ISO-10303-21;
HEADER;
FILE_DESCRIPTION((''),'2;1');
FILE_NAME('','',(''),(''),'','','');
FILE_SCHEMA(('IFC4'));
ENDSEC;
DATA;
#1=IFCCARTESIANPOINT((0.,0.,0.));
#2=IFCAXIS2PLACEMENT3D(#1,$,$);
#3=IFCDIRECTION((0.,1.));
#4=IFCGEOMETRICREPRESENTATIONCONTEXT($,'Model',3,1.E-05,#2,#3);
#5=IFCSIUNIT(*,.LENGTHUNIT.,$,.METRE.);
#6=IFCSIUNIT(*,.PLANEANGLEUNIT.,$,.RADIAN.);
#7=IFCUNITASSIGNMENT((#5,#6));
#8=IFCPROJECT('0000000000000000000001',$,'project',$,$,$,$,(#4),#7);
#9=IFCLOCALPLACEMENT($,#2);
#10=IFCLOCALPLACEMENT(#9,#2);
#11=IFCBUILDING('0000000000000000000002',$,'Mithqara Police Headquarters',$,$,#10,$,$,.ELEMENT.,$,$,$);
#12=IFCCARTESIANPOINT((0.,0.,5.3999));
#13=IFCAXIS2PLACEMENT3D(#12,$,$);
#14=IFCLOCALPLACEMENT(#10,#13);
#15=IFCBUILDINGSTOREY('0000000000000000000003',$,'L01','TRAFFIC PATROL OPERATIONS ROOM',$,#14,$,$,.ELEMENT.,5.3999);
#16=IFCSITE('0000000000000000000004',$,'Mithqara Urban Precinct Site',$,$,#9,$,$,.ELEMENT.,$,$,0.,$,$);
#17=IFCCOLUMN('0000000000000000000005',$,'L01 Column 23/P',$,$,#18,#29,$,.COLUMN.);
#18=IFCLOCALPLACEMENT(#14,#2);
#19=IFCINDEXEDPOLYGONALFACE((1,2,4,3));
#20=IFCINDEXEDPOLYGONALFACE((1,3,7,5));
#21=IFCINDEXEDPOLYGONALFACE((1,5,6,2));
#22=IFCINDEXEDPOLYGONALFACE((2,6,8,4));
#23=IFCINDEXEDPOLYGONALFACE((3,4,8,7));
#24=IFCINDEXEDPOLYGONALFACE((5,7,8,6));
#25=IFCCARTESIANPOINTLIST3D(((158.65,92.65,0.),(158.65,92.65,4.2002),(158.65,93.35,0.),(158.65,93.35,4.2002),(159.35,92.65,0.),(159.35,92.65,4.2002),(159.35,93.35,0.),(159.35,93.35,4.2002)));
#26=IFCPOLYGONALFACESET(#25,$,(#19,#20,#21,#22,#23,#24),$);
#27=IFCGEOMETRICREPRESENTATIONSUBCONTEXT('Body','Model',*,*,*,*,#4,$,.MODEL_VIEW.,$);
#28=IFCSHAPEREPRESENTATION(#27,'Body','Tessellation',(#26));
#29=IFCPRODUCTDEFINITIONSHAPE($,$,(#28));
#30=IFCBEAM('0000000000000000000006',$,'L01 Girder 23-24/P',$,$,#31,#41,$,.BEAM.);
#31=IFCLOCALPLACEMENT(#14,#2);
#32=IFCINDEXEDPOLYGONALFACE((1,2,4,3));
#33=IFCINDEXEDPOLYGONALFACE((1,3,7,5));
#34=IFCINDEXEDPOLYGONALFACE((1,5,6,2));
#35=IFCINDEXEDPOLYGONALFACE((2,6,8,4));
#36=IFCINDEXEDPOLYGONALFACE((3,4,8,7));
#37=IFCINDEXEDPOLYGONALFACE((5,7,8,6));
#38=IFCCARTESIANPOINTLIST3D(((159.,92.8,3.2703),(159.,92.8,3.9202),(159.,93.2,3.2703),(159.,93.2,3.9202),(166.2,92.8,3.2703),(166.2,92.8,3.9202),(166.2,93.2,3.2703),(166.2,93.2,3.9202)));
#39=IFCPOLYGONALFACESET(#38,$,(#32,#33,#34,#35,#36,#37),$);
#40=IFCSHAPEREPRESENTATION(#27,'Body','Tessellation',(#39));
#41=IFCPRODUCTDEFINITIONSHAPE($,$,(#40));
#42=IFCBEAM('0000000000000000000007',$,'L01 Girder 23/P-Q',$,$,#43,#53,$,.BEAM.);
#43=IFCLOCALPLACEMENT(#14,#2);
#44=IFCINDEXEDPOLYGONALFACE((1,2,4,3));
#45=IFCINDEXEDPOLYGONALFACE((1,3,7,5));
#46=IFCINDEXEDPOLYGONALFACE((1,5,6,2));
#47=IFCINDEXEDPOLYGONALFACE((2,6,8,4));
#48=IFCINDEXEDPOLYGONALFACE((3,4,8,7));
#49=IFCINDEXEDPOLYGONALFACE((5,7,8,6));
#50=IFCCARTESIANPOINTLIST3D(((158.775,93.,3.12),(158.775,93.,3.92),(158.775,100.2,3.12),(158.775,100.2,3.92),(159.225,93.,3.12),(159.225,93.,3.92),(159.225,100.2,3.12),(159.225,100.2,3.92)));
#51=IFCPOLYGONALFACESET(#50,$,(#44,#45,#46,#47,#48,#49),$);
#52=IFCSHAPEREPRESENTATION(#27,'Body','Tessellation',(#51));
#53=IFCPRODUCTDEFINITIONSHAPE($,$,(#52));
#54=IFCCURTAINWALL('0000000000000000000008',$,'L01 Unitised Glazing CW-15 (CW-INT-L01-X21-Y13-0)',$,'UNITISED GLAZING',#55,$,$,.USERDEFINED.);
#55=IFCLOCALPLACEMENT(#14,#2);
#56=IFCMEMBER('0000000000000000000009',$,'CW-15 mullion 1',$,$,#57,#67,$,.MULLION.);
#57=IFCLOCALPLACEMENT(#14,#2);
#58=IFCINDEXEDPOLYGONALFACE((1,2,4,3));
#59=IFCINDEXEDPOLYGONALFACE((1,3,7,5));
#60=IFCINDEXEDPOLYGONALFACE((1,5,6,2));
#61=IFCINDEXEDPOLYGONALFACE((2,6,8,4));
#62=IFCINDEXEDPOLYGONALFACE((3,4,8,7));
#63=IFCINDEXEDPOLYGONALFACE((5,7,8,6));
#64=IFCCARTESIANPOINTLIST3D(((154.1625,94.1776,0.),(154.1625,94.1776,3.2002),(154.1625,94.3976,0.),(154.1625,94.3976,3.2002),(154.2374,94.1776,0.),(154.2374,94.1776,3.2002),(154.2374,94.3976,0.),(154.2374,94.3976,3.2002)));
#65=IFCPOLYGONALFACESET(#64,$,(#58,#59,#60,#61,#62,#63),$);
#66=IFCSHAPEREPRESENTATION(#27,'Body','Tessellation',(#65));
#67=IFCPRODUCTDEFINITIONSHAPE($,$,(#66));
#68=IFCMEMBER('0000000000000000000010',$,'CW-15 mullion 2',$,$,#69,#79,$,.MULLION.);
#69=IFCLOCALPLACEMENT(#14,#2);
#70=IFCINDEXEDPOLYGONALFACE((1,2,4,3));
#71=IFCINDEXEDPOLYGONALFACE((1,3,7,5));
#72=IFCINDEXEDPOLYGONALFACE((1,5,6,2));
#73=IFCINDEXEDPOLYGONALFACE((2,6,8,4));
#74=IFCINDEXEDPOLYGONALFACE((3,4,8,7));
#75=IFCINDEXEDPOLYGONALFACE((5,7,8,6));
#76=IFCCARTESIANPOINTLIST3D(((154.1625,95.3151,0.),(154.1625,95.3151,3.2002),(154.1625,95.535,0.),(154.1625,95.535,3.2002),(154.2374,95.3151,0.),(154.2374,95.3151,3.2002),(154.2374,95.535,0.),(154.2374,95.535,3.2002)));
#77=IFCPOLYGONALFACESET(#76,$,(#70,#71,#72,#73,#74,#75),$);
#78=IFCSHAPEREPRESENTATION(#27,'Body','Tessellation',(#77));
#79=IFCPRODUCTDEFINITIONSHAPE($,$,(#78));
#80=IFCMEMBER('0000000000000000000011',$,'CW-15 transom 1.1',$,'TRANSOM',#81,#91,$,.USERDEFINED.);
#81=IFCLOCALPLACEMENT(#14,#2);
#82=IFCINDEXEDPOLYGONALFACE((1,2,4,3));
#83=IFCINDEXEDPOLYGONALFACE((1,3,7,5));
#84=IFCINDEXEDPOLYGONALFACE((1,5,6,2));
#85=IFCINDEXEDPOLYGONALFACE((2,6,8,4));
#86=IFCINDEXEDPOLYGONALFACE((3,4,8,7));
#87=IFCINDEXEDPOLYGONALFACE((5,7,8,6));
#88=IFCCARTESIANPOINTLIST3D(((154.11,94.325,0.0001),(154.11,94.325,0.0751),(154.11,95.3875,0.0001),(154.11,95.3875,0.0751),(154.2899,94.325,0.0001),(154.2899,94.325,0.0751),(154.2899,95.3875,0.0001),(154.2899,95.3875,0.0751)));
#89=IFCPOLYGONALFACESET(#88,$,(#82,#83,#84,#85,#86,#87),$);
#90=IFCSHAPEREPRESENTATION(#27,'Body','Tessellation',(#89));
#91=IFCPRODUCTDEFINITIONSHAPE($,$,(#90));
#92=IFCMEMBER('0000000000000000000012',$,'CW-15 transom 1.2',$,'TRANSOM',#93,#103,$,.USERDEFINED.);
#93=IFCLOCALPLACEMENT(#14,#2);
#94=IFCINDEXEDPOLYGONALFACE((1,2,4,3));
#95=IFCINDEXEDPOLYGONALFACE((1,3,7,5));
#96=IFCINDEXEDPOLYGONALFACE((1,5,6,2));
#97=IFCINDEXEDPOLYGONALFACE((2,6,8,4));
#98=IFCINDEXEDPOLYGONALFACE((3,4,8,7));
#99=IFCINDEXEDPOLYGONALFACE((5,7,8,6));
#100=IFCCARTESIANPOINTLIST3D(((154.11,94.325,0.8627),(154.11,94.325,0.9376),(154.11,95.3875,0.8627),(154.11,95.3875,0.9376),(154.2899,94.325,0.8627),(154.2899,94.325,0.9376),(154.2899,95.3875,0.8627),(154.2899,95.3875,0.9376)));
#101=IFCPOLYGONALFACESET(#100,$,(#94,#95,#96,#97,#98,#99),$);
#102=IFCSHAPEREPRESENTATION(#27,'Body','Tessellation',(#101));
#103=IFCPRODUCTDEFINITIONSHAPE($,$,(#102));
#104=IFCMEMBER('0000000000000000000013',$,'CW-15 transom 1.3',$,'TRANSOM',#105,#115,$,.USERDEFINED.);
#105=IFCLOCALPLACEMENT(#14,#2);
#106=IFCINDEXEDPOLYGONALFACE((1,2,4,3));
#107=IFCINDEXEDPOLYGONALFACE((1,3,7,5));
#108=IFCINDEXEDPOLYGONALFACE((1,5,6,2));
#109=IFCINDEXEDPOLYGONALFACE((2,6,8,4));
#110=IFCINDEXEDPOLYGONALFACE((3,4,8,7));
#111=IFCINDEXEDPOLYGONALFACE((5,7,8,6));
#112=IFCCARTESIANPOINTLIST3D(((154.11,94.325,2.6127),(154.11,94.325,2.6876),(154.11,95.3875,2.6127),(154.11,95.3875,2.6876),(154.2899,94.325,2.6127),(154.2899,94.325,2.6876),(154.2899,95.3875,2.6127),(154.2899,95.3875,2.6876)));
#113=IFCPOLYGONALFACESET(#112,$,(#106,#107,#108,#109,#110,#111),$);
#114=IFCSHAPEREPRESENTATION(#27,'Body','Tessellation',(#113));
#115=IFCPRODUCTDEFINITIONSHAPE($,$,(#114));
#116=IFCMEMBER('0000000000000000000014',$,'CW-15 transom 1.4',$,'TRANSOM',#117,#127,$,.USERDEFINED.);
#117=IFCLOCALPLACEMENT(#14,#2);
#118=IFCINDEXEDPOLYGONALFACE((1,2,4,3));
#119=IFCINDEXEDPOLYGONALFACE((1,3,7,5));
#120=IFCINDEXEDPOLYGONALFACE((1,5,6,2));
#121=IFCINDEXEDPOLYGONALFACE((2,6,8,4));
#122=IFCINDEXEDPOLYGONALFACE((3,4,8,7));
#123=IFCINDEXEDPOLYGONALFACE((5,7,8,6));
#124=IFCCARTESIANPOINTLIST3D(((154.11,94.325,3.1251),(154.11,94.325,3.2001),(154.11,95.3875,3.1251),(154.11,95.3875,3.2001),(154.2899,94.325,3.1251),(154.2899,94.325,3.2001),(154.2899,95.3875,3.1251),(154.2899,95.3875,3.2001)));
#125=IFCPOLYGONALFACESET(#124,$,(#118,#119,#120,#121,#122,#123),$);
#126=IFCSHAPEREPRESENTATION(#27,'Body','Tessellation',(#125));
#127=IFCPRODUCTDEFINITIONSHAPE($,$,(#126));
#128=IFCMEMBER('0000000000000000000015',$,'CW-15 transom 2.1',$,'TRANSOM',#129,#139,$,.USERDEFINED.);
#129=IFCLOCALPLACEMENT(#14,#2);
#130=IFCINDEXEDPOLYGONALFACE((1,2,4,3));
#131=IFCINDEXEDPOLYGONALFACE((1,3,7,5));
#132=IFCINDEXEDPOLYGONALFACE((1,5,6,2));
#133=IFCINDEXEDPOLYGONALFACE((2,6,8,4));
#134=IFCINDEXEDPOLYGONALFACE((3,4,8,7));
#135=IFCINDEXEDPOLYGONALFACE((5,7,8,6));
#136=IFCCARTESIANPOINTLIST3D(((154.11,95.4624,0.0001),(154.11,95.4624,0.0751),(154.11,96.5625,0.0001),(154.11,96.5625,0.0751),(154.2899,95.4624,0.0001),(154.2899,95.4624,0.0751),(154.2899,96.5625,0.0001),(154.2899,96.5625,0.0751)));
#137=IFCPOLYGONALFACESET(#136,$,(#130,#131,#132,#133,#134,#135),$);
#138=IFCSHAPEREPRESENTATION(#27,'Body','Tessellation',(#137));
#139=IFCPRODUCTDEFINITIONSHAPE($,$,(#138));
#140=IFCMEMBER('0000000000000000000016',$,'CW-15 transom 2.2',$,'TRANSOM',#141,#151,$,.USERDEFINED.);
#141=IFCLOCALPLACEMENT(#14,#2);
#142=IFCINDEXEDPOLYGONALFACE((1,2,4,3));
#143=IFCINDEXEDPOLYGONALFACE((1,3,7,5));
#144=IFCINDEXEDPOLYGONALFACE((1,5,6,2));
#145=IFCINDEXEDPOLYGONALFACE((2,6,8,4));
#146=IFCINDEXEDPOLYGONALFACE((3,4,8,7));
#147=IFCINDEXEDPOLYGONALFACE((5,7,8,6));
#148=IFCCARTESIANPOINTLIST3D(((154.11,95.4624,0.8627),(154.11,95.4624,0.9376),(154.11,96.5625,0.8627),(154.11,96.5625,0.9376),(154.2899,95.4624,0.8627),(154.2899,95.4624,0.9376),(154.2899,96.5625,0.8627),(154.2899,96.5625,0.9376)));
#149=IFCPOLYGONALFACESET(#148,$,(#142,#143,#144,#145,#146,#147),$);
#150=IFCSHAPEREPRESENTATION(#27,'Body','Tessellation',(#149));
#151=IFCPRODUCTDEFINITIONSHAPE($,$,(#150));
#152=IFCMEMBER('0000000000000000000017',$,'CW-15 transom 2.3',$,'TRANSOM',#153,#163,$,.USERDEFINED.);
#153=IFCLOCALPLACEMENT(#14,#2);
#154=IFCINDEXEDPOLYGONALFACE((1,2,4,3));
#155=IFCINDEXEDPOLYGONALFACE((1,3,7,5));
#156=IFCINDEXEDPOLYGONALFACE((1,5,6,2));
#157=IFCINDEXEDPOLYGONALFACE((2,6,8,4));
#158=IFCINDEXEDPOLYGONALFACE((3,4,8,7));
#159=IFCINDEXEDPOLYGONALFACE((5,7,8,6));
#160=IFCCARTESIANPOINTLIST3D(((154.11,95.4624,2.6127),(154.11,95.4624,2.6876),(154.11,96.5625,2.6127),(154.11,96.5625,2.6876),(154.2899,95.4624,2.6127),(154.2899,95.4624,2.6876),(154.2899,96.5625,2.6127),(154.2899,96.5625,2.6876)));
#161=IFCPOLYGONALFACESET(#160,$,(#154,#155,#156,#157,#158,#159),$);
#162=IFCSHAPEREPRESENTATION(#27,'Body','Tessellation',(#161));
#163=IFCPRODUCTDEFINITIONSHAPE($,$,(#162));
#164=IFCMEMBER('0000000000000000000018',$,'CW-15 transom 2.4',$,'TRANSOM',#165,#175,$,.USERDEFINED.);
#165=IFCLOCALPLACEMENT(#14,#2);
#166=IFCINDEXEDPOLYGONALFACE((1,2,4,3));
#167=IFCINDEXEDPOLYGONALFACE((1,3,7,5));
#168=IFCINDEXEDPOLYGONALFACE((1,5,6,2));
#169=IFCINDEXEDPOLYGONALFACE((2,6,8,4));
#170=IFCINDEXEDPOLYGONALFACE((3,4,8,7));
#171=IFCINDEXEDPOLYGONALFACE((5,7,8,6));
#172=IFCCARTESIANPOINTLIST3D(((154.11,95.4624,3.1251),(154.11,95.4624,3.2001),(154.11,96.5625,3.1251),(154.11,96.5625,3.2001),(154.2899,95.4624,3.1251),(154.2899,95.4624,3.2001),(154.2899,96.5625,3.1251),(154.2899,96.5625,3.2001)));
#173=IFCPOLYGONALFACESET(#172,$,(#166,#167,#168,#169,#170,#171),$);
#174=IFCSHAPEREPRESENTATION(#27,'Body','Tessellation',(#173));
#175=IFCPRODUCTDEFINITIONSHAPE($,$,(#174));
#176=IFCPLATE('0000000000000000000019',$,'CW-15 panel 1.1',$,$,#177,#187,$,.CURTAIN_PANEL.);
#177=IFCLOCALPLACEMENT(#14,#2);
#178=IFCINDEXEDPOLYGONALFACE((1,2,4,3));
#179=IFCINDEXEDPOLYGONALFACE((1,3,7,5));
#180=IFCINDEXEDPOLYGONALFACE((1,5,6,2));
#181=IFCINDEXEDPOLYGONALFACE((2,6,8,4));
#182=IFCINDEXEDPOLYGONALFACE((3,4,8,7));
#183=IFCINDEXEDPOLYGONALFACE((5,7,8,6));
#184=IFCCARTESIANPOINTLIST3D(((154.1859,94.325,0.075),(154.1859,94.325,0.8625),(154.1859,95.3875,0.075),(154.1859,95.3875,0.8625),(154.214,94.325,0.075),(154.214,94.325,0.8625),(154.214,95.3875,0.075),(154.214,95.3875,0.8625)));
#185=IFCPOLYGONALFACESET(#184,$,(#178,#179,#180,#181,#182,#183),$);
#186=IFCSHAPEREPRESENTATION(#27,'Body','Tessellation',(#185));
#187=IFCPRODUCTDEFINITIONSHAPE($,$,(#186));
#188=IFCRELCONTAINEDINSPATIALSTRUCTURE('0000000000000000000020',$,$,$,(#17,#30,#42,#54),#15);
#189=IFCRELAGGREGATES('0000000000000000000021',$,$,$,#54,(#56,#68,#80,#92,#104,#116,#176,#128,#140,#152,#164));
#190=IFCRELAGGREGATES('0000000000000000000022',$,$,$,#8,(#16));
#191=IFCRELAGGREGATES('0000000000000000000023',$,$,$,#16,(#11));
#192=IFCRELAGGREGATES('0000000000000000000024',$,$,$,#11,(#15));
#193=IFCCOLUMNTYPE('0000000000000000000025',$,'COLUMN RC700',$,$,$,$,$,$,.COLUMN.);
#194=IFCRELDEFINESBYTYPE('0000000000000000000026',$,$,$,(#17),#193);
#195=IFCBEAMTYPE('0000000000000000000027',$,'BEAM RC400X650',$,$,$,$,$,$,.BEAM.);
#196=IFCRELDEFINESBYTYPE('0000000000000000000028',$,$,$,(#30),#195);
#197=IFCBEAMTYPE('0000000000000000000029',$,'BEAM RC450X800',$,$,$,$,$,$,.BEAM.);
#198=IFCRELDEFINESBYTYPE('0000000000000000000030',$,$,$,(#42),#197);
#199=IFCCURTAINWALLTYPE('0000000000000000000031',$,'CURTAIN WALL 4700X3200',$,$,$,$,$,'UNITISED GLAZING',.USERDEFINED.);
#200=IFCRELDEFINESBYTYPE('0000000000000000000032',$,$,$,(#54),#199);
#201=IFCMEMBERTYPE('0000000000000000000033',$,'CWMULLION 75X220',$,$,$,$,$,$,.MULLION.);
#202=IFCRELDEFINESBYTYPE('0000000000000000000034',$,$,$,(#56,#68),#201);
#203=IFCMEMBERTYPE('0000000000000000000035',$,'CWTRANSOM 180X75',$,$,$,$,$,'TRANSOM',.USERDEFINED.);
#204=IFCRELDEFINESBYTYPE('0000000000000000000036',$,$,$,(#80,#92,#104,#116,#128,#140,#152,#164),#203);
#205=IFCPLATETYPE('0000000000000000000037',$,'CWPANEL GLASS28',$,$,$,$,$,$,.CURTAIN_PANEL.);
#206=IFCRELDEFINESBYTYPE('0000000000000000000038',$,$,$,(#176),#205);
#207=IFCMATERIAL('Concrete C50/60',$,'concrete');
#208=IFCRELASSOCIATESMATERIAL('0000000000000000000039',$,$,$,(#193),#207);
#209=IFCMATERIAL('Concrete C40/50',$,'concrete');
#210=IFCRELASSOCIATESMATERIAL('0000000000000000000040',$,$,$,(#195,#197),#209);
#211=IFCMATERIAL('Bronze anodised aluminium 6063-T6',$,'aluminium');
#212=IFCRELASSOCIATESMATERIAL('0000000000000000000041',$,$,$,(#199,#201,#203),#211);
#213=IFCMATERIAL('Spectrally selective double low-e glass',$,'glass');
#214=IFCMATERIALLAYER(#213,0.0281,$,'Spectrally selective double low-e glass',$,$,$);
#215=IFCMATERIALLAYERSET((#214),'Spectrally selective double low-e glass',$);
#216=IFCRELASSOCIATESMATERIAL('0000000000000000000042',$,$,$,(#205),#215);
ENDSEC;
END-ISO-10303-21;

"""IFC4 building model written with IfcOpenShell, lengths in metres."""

from ifc_helpers import new_model, si_unit, direction, frame, origin, origin_2d, place, context, subcontext, project, spatial, rectangle, extrude, material, layer, layer_set, material_profile, profile_set, type_object, element, aggregate, save


model = new_model("IFC4")

# Units and contexts
model_context = context("Model", 3, precision=1e-05, world=origin(), true_north=direction((0.0, 1.0)))
body_context = subcontext(model_context, "Body", "Model", "MODEL_VIEW")
ifc_project = project(units=[si_unit("LENGTHUNIT", "METRE"), si_unit("PLANEANGLEUNIT", "RADIAN")], contexts=[model_context])

# Site, building, storey
site_placement = place(None, origin())
site = spatial("IfcSite", under=ifc_project, at=site_placement, Name="Mithqara Urban Precinct Site", CompositionType="ELEMENT", RefElevation=0.0)
building_placement = place(site_placement, origin())
building = spatial("IfcBuilding", under=site, at=building_placement, Name="Mithqara Police Headquarters", CompositionType="ELEMENT")
storey_placement = place(building_placement, frame((0.0, 0.0, 5.3999)))
storey = spatial("IfcBuildingStorey", under=building, at=storey_placement, Name="L01", Description="TRAFFIC PATROL OPERATIONS ROOM", CompositionType="ELEMENT", Elevation=5.3999)

# Column
ifc_material_1 = material(Name="Concrete C50/60", Category="concrete")
ifc_material_profile_1 = material_profile(ifc_material_1, rectangle(XDim=0.7, YDim=0.7, at=origin_2d()), Name="RC 700x700")
ifc_profile_set_1 = profile_set([ifc_material_profile_1], Name="Concrete C50/60")
column_type = type_object("IfcColumnType", Name="COLUMN RC700", PredefinedType="COLUMN", material=ifc_profile_set_1)
column_placement = place(storey_placement, frame((159.0, 93.0, 0.0), z_axis=(0.0, 0.0, 1.0), x_axis=(1.0, 0.0, 0.0)))
element("IfcColumn", 1, at=column_placement, inside=storey, type_object=column_type, Name="L01 Column 23/P", PredefinedType="COLUMN", context=body_context, shape_type="SweptSolid", body=[
    extrude(rectangle(XDim=0.7, YDim=0.7, at=origin_2d()), origin(), (0.0, 0.0, 1.0), 4.2002),
])

# Beams
ifc_material_2 = material(Name="Concrete C40/50", Category="concrete")
ifc_material_profile_2 = material_profile(ifc_material_2, rectangle(XDim=0.3999, YDim=0.6499, at=origin_2d()), Name="RC 400x650")
ifc_profile_set_2 = profile_set([ifc_material_profile_2], Name="Concrete C40/50")
beam_type_1 = type_object("IfcBeamType", Name="BEAM RC400X650", PredefinedType="BEAM", material=ifc_profile_set_2)
beam_1_placement = place(storey_placement, frame((159.0, 93.0, 3.5952), z_axis=(1.0, 0.0, 0.0), x_axis=(0.0, 1.0, 0.0)))
element("IfcBeam", 2, at=beam_1_placement, inside=storey, type_object=beam_type_1, Name="L01 Girder 23-24/P", PredefinedType="BEAM", context=body_context, shape_type="SweptSolid", body=[
    extrude(rectangle(XDim=0.3999, YDim=0.6499, at=origin_2d()), origin(), (0.0, 0.0, 1.0), 7.2),
])
ifc_material_profile_3 = material_profile(ifc_material_2, rectangle(XDim=0.45, YDim=0.8, at=origin_2d()), Name="RC 450x800")
ifc_profile_set_3 = profile_set([ifc_material_profile_3], Name="Concrete C40/50")
beam_type_2 = type_object("IfcBeamType", Name="BEAM RC450X800", PredefinedType="BEAM", material=ifc_profile_set_3)
beam_2_placement = place(storey_placement, frame((159.0, 93.0, 3.52), z_axis=(0.0, 1.0, 0.0), x_axis=(-1.0, 0.0, 0.0)))
element("IfcBeam", 3, at=beam_2_placement, inside=storey, type_object=beam_type_2, Name="L01 Girder 23/P-Q", PredefinedType="BEAM", context=body_context, shape_type="SweptSolid", body=[
    extrude(rectangle(XDim=0.45, YDim=0.8, at=origin_2d()), origin(), (0.0, 0.0, 1.0), 7.2),
])

# Curtain wall, members, plate
ifc_material_3 = material(Name="Bronze anodised aluminium 6063-T6", Category="aluminium")
curtain_wall_type = type_object("IfcCurtainWallType", Name="CURTAIN WALL 4700X3200", ElementType="UNITISED GLAZING", PredefinedType="USERDEFINED", material=ifc_material_3)
curtain_wall_placement = place(storey_placement, origin())
curtain_wall = element("IfcCurtainWall", 4, at=curtain_wall_placement, inside=storey, type_object=curtain_wall_type, Name="L01 Unitised Glazing CW-15 (CW-INT-L01-X21-Y13-0)", ObjectType="UNITISED GLAZING", PredefinedType="USERDEFINED")
ifc_material_profile_4 = material_profile(ifc_material_3, rectangle(XDim=0.075, YDim=0.22, at=origin_2d()), Name="CWM 75x220")
ifc_profile_set_4 = profile_set([ifc_material_profile_4], Name="Bronze anodised aluminium 6063-T6")
member_type_1 = type_object("IfcMemberType", Name="CWMULLION 75X220", PredefinedType="MULLION", material=ifc_profile_set_4)
member_1_placement = place(storey_placement, frame((154.2, 94.2876, 0.0), z_axis=(0.0, 0.0, 1.0), x_axis=(-1.0, 0.0, 0.0)))
member_1 = element("IfcMember", 5, at=member_1_placement, type_object=member_type_1, Name="CW-15 mullion 1", PredefinedType="MULLION", context=body_context, shape_type="SweptSolid", body=[
    extrude(rectangle(XDim=0.075, YDim=0.22, at=origin_2d()), origin(), (0.0, 0.0, 1.0), 3.2002),
])
member_2_placement = place(storey_placement, frame((154.2, 95.425, 0.0), z_axis=(0.0, 0.0, 1.0), x_axis=(-1.0, 0.0, 0.0)))
member_2 = element("IfcMember", 6, at=member_2_placement, type_object=member_type_1, Name="CW-15 mullion 2", PredefinedType="MULLION", context=body_context, shape_type="SweptSolid", body=[
    extrude(rectangle(XDim=0.075, YDim=0.22, at=origin_2d()), origin(), (0.0, 0.0, 1.0), 3.2002),
])
ifc_material_profile_5 = material_profile(ifc_material_3, rectangle(XDim=0.1799, YDim=0.075, at=origin_2d()), Name="CWT 180x75")
ifc_profile_set_5 = profile_set([ifc_material_profile_5], Name="Bronze anodised aluminium 6063-T6")
member_type_2 = type_object("IfcMemberType", Name="CWTRANSOM 180X75", ElementType="TRANSOM", PredefinedType="USERDEFINED", material=ifc_profile_set_5)
member_3_placement = place(storey_placement, frame((154.2, 94.325, 0.0376), z_axis=(0.0, 1.0, 0.0), x_axis=(-1.0, 0.0, 0.0)))
member_3 = element("IfcMember", 7, at=member_3_placement, type_object=member_type_2, Name="CW-15 transom 1.1", ObjectType="TRANSOM", PredefinedType="USERDEFINED", context=body_context, shape_type="SweptSolid", body=[
    extrude(rectangle(XDim=0.1799, YDim=0.075, at=origin_2d()), origin(), (0.0, 0.0, 1.0), 1.0625),
])
member_4_placement = place(storey_placement, frame((154.2, 94.325, 0.9001), z_axis=(0.0, 1.0, 0.0), x_axis=(-1.0, 0.0, 0.0)))
member_4 = element("IfcMember", 8, at=member_4_placement, type_object=member_type_2, Name="CW-15 transom 1.2", ObjectType="TRANSOM", PredefinedType="USERDEFINED", context=body_context, shape_type="SweptSolid", body=[
    extrude(rectangle(XDim=0.1799, YDim=0.075, at=origin_2d()), origin(), (0.0, 0.0, 1.0), 1.0625),
])
member_5_placement = place(storey_placement, frame((154.2, 94.325, 2.6501), z_axis=(0.0, 1.0, 0.0), x_axis=(-1.0, 0.0, 0.0)))
member_5 = element("IfcMember", 9, at=member_5_placement, type_object=member_type_2, Name="CW-15 transom 1.3", ObjectType="TRANSOM", PredefinedType="USERDEFINED", context=body_context, shape_type="SweptSolid", body=[
    extrude(rectangle(XDim=0.1799, YDim=0.075, at=origin_2d()), origin(), (0.0, 0.0, 1.0), 1.0625),
])
member_6_placement = place(storey_placement, frame((154.2, 94.325, 3.1626), z_axis=(0.0, 1.0, 0.0), x_axis=(-1.0, 0.0, 0.0)))
member_6 = element("IfcMember", 10, at=member_6_placement, type_object=member_type_2, Name="CW-15 transom 1.4", ObjectType="TRANSOM", PredefinedType="USERDEFINED", context=body_context, shape_type="SweptSolid", body=[
    extrude(rectangle(XDim=0.1799, YDim=0.075, at=origin_2d()), origin(), (0.0, 0.0, 1.0), 1.0625),
])
member_7_placement = place(storey_placement, frame((154.2, 95.4624, 0.0376), z_axis=(0.0, 1.0, 0.0), x_axis=(-1.0, 0.0, 0.0)))
member_7 = element("IfcMember", 11, at=member_7_placement, type_object=member_type_2, Name="CW-15 transom 2.1", ObjectType="TRANSOM", PredefinedType="USERDEFINED", context=body_context, shape_type="SweptSolid", body=[
    extrude(rectangle(XDim=0.1799, YDim=0.075, at=origin_2d()), origin(), (0.0, 0.0, 1.0), 1.1001),
])
member_8_placement = place(storey_placement, frame((154.2, 95.4624, 0.9001), z_axis=(0.0, 1.0, 0.0), x_axis=(-1.0, 0.0, 0.0)))
member_8 = element("IfcMember", 12, at=member_8_placement, type_object=member_type_2, Name="CW-15 transom 2.2", ObjectType="TRANSOM", PredefinedType="USERDEFINED", context=body_context, shape_type="SweptSolid", body=[
    extrude(rectangle(XDim=0.1799, YDim=0.075, at=origin_2d()), origin(), (0.0, 0.0, 1.0), 1.1001),
])
member_9_placement = place(storey_placement, frame((154.2, 95.4624, 2.6501), z_axis=(0.0, 1.0, 0.0), x_axis=(-1.0, 0.0, 0.0)))
member_9 = element("IfcMember", 13, at=member_9_placement, type_object=member_type_2, Name="CW-15 transom 2.3", ObjectType="TRANSOM", PredefinedType="USERDEFINED", context=body_context, shape_type="SweptSolid", body=[
    extrude(rectangle(XDim=0.1799, YDim=0.075, at=origin_2d()), origin(), (0.0, 0.0, 1.0), 1.1001),
])
member_10_placement = place(storey_placement, frame((154.2, 95.4624, 3.1626), z_axis=(0.0, 1.0, 0.0), x_axis=(-1.0, 0.0, 0.0)))
member_10 = element("IfcMember", 14, at=member_10_placement, type_object=member_type_2, Name="CW-15 transom 2.4", ObjectType="TRANSOM", PredefinedType="USERDEFINED", context=body_context, shape_type="SweptSolid", body=[
    extrude(rectangle(XDim=0.1799, YDim=0.075, at=origin_2d()), origin(), (0.0, 0.0, 1.0), 1.1001),
])
ifc_material_4 = material(Name="Spectrally selective double low-e glass", Category="glass")
ifc_layer_1 = layer(ifc_material_4, 0.0281, Name="Spectrally selective double low-e glass")
ifc_layer_set_1 = layer_set([ifc_layer_1], Name="Spectrally selective double low-e glass")
plate_type = type_object("IfcPlateType", Name="CWPANEL GLASS28", PredefinedType="CURTAIN_PANEL", material=ifc_layer_set_1)
plate_1_placement = place(storey_placement, frame((154.2, 94.8562, 0.075), z_axis=(0.0, 0.0, 1.0), x_axis=(0.0, 1.0, 0.0)))
plate_1 = element("IfcPlate", 15, at=plate_1_placement, type_object=plate_type, Name="CW-15 panel 1.1", PredefinedType="CURTAIN_PANEL", context=body_context, shape_type="SweptSolid", body=[
    extrude(rectangle(XDim=1.0625, YDim=0.0281, at=origin_2d()), origin(), (0.0, 0.0, 1.0), 0.7876),
])
aggregate(curtain_wall, [member_1, member_2, member_3, member_4, member_5, member_6, plate_1, member_7, member_8, member_9, member_10])

save(model, "model.ifc")
